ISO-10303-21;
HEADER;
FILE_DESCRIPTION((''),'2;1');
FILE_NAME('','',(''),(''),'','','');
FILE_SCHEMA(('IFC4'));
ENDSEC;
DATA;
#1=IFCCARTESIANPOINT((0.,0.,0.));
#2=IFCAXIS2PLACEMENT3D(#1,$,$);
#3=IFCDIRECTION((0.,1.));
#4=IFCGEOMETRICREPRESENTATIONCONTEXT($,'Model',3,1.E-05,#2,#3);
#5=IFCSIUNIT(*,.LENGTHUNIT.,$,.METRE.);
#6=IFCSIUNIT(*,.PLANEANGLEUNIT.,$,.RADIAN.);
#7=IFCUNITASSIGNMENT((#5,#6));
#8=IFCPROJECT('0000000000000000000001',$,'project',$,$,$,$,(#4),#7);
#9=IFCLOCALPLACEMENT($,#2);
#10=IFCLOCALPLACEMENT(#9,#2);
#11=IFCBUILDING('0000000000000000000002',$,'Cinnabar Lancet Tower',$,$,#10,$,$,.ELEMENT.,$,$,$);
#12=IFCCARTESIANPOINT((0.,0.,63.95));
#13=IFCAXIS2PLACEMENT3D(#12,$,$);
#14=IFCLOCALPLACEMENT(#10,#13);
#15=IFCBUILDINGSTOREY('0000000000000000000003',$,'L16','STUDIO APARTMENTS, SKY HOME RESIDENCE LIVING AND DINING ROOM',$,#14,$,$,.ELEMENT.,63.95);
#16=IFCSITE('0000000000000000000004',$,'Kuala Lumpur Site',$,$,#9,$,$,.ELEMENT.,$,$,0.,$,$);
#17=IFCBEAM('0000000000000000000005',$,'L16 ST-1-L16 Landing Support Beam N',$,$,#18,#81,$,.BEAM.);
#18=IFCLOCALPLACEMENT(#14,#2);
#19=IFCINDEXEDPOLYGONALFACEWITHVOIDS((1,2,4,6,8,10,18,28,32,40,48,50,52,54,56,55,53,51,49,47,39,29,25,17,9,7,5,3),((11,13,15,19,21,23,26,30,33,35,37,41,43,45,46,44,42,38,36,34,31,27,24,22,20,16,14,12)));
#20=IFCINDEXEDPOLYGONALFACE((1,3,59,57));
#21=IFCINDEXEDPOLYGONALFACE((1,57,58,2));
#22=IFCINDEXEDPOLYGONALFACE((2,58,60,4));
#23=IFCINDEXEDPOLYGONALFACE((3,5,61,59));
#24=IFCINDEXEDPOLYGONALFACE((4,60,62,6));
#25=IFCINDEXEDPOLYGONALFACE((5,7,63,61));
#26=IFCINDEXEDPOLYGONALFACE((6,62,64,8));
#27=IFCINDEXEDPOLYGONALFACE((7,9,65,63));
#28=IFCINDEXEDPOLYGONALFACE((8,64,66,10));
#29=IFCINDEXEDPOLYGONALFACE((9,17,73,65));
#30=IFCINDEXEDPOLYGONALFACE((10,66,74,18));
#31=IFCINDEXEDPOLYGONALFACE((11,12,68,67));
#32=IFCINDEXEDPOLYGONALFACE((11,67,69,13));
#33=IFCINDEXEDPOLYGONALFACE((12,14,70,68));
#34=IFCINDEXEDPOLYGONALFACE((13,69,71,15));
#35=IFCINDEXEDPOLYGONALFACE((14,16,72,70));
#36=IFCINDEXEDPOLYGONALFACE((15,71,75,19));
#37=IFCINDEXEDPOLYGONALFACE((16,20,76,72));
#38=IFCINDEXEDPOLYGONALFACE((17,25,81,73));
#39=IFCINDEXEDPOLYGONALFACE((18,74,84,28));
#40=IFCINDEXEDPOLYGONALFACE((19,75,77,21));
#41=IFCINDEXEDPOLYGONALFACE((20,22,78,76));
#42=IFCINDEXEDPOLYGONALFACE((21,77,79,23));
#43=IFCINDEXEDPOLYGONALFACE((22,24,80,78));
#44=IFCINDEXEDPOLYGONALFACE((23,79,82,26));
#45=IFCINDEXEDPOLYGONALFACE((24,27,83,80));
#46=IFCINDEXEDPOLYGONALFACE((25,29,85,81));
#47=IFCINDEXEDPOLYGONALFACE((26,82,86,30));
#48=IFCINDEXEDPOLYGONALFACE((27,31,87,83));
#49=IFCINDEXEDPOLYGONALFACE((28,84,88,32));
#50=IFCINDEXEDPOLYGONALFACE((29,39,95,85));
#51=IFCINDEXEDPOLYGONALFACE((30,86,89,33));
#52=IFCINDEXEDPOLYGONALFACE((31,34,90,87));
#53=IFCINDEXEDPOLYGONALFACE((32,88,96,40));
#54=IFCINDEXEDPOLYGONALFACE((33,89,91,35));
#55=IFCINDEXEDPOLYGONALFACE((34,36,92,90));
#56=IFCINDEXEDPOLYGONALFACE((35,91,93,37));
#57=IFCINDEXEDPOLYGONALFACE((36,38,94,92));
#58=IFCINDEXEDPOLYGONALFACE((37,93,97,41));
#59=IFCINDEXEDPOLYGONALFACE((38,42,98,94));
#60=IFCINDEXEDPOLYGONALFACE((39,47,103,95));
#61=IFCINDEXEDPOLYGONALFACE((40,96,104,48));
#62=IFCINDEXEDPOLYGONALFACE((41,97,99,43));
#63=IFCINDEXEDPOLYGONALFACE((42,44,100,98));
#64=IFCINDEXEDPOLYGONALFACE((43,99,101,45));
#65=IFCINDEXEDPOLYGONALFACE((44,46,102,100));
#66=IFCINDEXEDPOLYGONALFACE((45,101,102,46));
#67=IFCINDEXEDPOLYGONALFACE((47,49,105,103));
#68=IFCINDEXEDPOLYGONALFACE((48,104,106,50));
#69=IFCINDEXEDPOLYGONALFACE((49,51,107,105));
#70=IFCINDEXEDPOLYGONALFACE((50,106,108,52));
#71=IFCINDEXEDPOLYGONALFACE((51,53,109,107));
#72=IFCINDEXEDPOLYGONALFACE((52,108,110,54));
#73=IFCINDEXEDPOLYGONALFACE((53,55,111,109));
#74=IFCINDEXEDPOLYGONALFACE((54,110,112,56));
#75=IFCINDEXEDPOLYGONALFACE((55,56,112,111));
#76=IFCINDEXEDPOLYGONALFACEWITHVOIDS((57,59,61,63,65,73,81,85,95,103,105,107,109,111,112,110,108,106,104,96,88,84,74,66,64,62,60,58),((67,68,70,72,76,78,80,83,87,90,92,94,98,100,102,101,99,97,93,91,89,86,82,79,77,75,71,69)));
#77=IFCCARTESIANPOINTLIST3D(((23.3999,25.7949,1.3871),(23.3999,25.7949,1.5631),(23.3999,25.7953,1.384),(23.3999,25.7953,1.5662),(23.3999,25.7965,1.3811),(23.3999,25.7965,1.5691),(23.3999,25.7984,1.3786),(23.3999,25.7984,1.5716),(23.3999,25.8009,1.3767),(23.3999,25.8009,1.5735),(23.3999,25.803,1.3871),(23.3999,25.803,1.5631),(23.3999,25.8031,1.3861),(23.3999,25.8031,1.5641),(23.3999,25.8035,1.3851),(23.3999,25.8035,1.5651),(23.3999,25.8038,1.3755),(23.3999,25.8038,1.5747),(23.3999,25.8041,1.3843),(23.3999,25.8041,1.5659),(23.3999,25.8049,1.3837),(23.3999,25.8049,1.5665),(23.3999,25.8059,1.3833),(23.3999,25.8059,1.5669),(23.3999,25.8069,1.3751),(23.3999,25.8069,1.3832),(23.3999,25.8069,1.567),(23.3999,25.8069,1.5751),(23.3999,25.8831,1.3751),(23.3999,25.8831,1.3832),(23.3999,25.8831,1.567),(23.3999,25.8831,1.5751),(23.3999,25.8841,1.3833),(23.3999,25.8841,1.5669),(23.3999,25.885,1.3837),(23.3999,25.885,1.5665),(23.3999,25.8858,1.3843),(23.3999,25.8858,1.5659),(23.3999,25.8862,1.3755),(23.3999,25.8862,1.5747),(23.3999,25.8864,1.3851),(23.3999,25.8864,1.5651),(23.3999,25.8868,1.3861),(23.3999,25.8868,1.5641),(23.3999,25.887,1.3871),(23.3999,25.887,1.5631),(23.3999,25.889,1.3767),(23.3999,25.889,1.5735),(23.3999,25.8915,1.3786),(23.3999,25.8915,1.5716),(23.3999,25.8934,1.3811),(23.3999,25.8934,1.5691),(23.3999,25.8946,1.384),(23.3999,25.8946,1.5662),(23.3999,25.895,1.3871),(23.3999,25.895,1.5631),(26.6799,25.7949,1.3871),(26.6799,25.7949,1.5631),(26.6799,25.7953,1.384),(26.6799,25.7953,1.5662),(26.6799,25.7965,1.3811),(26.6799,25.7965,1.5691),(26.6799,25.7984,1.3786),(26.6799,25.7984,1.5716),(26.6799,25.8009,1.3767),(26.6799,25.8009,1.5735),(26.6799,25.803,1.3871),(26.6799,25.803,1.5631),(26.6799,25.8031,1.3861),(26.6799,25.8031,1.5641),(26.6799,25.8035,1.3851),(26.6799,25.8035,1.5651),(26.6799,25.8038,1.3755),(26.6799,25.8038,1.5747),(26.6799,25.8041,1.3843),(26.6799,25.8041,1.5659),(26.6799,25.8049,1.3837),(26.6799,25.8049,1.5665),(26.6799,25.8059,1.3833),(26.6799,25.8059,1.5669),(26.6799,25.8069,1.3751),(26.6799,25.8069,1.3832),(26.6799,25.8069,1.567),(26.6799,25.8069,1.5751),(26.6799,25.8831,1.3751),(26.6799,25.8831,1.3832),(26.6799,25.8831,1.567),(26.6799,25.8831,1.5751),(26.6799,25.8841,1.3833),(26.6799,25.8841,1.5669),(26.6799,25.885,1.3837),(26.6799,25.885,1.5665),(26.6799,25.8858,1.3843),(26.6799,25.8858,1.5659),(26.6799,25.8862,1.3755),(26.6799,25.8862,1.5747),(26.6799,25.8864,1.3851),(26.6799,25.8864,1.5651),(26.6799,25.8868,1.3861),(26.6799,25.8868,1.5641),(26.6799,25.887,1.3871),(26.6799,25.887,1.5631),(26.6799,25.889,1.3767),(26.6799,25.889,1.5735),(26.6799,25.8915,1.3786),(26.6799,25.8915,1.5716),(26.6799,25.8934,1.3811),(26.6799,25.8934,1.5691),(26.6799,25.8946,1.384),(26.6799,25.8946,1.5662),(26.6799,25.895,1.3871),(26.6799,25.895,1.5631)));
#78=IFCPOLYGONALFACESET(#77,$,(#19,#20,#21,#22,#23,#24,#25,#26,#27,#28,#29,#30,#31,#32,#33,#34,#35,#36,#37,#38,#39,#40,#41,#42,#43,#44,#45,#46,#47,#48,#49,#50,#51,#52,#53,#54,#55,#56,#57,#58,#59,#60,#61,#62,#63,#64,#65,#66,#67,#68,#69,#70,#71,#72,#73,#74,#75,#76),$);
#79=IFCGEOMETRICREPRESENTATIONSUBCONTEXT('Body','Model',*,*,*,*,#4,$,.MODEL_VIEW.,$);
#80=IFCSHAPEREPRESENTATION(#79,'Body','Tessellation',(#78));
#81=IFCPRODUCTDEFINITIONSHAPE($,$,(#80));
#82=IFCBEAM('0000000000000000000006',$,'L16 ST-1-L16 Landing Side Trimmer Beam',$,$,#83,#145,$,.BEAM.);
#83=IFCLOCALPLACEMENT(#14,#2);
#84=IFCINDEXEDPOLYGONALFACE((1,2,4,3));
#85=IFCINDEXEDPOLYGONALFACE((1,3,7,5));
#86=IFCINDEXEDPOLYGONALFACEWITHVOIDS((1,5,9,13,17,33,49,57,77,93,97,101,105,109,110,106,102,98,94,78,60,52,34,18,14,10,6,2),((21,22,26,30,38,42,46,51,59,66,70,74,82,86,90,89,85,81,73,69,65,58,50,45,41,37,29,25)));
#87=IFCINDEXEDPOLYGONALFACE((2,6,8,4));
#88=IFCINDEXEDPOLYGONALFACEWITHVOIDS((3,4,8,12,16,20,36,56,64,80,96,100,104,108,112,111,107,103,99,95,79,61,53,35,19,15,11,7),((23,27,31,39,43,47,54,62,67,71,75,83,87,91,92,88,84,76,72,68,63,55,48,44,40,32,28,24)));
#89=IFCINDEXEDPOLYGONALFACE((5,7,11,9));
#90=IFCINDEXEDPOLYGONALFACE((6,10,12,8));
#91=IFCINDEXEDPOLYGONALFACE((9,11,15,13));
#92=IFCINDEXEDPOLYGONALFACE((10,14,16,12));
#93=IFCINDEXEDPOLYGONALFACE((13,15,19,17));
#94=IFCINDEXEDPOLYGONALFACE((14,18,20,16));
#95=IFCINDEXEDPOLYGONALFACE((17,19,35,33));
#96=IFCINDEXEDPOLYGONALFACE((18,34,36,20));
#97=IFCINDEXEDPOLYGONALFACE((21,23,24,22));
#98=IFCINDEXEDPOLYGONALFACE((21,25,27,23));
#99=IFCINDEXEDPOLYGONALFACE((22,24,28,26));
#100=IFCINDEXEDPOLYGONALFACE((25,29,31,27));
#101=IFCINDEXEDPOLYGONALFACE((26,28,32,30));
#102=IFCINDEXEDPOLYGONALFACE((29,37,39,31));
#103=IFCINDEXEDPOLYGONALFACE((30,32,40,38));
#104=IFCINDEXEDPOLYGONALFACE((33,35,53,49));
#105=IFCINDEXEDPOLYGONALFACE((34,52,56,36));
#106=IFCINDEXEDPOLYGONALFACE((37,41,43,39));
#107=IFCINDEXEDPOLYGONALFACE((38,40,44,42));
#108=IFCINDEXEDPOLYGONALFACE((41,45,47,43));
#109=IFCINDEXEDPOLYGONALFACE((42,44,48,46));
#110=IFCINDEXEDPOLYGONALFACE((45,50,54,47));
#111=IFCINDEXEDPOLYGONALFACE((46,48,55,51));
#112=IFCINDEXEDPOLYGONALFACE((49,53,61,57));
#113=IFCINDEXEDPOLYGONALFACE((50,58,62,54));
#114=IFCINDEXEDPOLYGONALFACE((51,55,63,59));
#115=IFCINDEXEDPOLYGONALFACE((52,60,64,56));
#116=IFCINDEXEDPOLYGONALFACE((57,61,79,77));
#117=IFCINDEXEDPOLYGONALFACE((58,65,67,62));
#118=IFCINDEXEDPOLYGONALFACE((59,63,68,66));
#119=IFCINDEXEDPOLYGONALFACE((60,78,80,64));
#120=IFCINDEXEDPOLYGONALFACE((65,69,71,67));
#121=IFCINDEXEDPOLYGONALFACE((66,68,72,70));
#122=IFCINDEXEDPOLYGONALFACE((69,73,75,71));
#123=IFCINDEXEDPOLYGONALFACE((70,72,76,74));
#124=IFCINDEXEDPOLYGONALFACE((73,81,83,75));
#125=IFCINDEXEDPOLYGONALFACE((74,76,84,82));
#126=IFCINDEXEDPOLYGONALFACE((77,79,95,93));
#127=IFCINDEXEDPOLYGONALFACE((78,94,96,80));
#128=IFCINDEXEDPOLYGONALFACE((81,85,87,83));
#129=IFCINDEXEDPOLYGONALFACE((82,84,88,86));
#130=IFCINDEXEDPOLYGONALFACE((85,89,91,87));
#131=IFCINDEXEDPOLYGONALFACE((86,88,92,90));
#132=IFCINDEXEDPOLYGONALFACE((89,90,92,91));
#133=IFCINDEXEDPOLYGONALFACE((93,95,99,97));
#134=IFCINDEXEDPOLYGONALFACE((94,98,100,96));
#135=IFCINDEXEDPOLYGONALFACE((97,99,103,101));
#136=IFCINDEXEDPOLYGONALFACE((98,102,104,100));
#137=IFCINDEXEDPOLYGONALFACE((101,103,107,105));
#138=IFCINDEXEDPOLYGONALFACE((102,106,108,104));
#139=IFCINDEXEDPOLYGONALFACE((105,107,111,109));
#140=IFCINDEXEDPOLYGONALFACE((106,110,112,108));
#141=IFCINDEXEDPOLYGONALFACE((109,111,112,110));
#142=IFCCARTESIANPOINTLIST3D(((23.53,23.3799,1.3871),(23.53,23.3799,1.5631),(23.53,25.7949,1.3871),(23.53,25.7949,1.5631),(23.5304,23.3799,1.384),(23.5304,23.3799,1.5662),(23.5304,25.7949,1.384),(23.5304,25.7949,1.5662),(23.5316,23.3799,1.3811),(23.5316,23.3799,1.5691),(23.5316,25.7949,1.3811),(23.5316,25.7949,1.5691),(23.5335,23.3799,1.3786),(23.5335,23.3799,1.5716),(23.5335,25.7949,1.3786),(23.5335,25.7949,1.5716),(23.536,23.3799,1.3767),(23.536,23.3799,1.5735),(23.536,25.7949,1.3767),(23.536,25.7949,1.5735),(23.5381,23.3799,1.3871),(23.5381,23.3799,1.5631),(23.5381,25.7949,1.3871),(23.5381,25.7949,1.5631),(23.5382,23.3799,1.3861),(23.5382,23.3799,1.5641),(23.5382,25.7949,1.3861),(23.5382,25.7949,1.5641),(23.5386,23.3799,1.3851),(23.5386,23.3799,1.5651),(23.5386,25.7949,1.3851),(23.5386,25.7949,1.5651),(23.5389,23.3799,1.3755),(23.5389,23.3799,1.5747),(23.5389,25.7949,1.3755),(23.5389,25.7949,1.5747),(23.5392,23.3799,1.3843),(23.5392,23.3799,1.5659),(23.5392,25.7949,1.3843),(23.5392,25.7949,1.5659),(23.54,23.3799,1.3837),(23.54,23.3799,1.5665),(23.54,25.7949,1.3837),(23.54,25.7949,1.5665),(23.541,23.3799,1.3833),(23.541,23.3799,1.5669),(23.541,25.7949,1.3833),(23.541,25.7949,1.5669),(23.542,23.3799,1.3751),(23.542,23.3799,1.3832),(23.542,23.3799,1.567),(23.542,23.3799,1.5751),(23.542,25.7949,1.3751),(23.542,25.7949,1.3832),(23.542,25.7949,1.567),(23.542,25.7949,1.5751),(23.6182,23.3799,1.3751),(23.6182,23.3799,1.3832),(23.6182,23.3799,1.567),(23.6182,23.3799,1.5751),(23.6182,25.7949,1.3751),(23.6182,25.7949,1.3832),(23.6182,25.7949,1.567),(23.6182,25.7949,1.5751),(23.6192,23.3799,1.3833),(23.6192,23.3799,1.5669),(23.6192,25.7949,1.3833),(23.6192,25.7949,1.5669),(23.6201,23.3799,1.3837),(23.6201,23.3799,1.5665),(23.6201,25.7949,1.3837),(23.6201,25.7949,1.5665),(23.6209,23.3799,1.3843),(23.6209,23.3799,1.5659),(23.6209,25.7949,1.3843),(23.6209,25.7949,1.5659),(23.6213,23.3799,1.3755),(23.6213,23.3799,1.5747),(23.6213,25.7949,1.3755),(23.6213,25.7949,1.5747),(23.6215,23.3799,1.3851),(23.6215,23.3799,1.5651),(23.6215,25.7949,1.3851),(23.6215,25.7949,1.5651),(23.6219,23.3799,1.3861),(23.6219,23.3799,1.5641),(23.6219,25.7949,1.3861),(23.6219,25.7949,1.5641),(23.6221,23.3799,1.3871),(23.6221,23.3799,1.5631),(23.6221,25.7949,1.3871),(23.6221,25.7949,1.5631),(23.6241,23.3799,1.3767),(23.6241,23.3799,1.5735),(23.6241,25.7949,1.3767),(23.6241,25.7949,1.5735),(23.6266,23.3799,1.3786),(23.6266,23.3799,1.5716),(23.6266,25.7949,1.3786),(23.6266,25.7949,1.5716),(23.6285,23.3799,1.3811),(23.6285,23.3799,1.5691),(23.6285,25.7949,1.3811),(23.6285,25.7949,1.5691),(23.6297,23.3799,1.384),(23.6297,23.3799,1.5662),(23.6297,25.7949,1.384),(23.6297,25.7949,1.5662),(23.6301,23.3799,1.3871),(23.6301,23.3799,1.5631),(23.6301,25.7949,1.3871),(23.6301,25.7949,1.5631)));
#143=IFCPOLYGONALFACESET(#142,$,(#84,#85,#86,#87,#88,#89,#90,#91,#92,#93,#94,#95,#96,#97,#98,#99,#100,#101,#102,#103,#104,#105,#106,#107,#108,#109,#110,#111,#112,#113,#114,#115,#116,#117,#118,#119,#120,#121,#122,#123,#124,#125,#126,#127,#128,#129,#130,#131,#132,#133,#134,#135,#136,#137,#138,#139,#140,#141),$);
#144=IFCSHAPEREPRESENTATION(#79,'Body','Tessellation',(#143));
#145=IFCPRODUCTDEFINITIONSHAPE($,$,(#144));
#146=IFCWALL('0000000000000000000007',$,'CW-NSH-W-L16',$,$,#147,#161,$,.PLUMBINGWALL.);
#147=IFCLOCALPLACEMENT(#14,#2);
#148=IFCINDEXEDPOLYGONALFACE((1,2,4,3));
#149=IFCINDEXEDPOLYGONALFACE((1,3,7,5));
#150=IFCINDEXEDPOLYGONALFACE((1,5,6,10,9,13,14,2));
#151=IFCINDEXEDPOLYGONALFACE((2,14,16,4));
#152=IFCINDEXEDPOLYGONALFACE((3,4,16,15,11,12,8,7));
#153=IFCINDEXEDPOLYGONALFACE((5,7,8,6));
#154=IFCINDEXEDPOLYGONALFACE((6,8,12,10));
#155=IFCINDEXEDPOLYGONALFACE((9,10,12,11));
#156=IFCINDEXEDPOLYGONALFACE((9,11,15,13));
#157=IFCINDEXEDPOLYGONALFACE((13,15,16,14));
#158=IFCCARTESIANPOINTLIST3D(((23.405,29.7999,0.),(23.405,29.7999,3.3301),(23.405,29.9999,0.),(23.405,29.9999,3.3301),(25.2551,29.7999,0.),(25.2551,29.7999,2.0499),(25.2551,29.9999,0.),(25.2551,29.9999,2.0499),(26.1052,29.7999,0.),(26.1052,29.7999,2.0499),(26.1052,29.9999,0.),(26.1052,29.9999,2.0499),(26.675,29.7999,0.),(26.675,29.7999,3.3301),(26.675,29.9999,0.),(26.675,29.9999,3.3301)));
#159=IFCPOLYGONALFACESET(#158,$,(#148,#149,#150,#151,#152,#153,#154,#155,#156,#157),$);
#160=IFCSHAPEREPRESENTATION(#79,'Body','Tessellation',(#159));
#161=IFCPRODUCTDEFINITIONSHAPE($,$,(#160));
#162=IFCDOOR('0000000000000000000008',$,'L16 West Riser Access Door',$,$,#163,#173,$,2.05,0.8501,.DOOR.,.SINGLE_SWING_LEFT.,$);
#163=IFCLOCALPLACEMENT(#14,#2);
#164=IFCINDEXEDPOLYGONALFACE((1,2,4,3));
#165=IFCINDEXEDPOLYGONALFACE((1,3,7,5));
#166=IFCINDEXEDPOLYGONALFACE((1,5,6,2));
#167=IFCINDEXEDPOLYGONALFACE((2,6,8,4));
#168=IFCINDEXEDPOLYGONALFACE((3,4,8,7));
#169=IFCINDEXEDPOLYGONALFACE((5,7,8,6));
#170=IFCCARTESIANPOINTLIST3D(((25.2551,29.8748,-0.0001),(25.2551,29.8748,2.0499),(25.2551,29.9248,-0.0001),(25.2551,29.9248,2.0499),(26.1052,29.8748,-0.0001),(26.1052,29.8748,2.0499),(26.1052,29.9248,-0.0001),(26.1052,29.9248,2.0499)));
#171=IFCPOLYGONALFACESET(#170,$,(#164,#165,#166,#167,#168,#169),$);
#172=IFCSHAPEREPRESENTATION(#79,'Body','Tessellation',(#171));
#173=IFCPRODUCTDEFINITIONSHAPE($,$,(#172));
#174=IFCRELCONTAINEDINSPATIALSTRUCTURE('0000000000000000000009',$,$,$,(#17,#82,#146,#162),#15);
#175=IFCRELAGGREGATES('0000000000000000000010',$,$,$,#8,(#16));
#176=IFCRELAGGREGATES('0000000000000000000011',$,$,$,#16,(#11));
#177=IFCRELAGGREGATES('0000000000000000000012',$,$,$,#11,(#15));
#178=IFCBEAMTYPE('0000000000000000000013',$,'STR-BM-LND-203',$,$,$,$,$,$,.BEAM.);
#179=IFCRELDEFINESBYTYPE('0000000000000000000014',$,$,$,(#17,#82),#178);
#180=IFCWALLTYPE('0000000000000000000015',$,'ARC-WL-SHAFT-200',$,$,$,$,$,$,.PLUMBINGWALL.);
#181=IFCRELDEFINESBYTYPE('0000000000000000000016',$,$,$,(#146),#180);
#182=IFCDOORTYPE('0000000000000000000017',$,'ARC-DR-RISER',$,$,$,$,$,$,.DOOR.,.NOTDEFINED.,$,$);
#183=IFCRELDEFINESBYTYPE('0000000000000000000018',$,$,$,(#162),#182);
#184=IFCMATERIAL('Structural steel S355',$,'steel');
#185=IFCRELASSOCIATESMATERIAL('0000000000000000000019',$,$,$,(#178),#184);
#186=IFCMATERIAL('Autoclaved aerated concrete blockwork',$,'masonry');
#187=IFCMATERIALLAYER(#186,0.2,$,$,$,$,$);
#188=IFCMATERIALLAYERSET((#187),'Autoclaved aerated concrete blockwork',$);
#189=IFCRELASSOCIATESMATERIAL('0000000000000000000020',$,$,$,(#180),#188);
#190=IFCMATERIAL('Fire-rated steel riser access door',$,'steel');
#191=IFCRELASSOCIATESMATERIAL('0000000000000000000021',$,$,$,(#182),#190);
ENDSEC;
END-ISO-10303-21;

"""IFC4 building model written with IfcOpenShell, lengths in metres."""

from ifc_helpers import new_model, si_unit, direction, frame, frame_2d, origin, origin_2d, place, context, subcontext, project, spatial, rectangle, hollow_rectangle, extrude, material, layer, layer_set, material_profile, profile_set, type_object, element, fill, save


model = new_model("IFC4")

# Units and contexts
model_context = context("Model", 3, precision=1e-05, world=origin(), true_north=direction((0.0, 1.0)))
body_context = subcontext(model_context, "Body", "Model", "MODEL_VIEW")
ifc_project = project(units=[si_unit("LENGTHUNIT", "METRE"), si_unit("PLANEANGLEUNIT", "RADIAN")], contexts=[model_context])

# Site, building, storey
site_placement = place(None, origin())
site = spatial("IfcSite", under=ifc_project, at=site_placement, Name="Kuala Lumpur Site", CompositionType="ELEMENT", RefElevation=0.0)
building_placement = place(site_placement, origin())
building = spatial("IfcBuilding", under=site, at=building_placement, Name="Cinnabar Lancet Tower", CompositionType="ELEMENT")
storey_placement = place(building_placement, frame((0.0, 0.0, 63.95)))
storey = spatial("IfcBuildingStorey", under=building, at=storey_placement, Name="L16", Description="STUDIO APARTMENTS, SKY HOME RESIDENCE LIVING AND DINING ROOM", CompositionType="ELEMENT", Elevation=63.95)

# Beams
ifc_material_1 = material(Name="Structural steel S355", Category="steel")
ifc_material_profile = material_profile(ifc_material_1, hollow_rectangle(XDim=0.1001, YDim=0.2, WallThickness=0.0081, InnerFilletRadius=0.0039, OuterFilletRadius=0.012, at=origin_2d()), Name="RHS 200x100x8")
ifc_profile_set = profile_set([ifc_material_profile], Name="Structural steel S355")
beam_type = type_object("IfcBeamType", Name="STR-BM-LND-203", PredefinedType="BEAM", material=ifc_profile_set)
beam_1_placement = place(storey_placement, frame((23.3999, 25.845, 1.4751), z_axis=(1.0, 0.0, 0.0), x_axis=(0.0, 1.0, 0.0)))
element("IfcBeam", 1, at=beam_1_placement, inside=storey, type_object=beam_type, Name="L16 ST-1-L16 Landing Support Beam N", PredefinedType="BEAM", context=body_context, shape_type="SweptSolid", body=[
    extrude(hollow_rectangle(XDim=0.1001, YDim=0.2, WallThickness=0.0081, InnerFilletRadius=0.0039, OuterFilletRadius=0.012, at=origin_2d()), origin(), (0.0, 0.0, 1.0), 3.28),
])
beam_2_placement = place(storey_placement, frame((23.5801, 23.3799, 1.4751), z_axis=(0.0, 1.0, 0.0), x_axis=(-1.0, 0.0, 0.0)))
element("IfcBeam", 2, at=beam_2_placement, inside=storey, type_object=beam_type, Name="L16 ST-1-L16 Landing Side Trimmer Beam", PredefinedType="BEAM", context=body_context, shape_type="SweptSolid", body=[
    extrude(hollow_rectangle(XDim=0.1001, YDim=0.2, WallThickness=0.0081, InnerFilletRadius=0.0039, OuterFilletRadius=0.012, at=origin_2d()), origin(), (0.0, 0.0, 1.0), 2.415),
])

# Wall, opening, door
ifc_material_2 = material(Name="Autoclaved aerated concrete blockwork", Category="masonry")
ifc_layer_1 = layer(ifc_material_2, 0.2)
ifc_layer_set_1 = layer_set([ifc_layer_1], Name="Autoclaved aerated concrete blockwork")
wall_type_1 = type_object("IfcWallType", Name="ARC-WL-SHAFT-200", PredefinedType="PLUMBINGWALL", material=ifc_layer_set_1)
wall_1_placement = place(storey_placement, frame((23.405, 29.8999, 0.0), z_axis=(0.0, 0.0, 1.0), x_axis=(1.0, 0.0, 0.0)))
wall_1 = element("IfcWall", 3, at=wall_1_placement, inside=storey, type_object=wall_type_1, Name="CW-NSH-W-L16", PredefinedType="PLUMBINGWALL", context=body_context, shape_type="SweptSolid", body=[
    extrude(rectangle(XDim=3.27, YDim=0.2, at=frame_2d((1.635, 0.0))), origin(), (0.0, 0.0, 1.0), 3.3301),
])
opening_1_placement = place(wall_1_placement, frame((1.8501, 0.0, 0.0)))
opening_1 = element("IfcOpeningElement", 4, at=opening_1_placement, cuts=wall_1, PredefinedType="OPENING", context=body_context, shape_type="SweptSolid", body=[
    extrude(rectangle(XDim=0.8501, YDim=2.05, at=frame_2d((0.425, 1.0249))), frame((0.0, 0.1099, 0.0), z_axis=(0.0, -1.0, 0.0), x_axis=(1.0, 0.0, 0.0)), (0.0, 0.0, 1.0), 0.22),
])
ifc_material_3 = material(Name="Fire-rated steel riser access door", Category="steel")
door_type_1 = type_object("IfcDoorType", Name="ARC-DR-RISER", OperationType="NOTDEFINED", PredefinedType="DOOR", material=ifc_material_3)
door_1_placement = place(opening_1_placement, origin())
door_1 = element("IfcDoor", 5, at=door_1_placement, inside=storey, type_object=door_type_1, Name="L16 West Riser Access Door", OperationType="SINGLE_SWING_LEFT", OverallHeight=2.05, OverallWidth=0.8501, PredefinedType="DOOR", context=body_context, shape_type="SweptSolid", body=[
    extrude(rectangle(XDim=0.8501, YDim=2.05, at=frame_2d((0.425, 1.0249))), frame((0.0, 0.0249, 0.0), z_axis=(0.0, -1.0, 0.0), x_axis=(1.0, 0.0, 0.0)), (0.0, 0.0, 1.0), 0.05),
])
fill(opening_1, door_1)

save(model, "model.ifc")
